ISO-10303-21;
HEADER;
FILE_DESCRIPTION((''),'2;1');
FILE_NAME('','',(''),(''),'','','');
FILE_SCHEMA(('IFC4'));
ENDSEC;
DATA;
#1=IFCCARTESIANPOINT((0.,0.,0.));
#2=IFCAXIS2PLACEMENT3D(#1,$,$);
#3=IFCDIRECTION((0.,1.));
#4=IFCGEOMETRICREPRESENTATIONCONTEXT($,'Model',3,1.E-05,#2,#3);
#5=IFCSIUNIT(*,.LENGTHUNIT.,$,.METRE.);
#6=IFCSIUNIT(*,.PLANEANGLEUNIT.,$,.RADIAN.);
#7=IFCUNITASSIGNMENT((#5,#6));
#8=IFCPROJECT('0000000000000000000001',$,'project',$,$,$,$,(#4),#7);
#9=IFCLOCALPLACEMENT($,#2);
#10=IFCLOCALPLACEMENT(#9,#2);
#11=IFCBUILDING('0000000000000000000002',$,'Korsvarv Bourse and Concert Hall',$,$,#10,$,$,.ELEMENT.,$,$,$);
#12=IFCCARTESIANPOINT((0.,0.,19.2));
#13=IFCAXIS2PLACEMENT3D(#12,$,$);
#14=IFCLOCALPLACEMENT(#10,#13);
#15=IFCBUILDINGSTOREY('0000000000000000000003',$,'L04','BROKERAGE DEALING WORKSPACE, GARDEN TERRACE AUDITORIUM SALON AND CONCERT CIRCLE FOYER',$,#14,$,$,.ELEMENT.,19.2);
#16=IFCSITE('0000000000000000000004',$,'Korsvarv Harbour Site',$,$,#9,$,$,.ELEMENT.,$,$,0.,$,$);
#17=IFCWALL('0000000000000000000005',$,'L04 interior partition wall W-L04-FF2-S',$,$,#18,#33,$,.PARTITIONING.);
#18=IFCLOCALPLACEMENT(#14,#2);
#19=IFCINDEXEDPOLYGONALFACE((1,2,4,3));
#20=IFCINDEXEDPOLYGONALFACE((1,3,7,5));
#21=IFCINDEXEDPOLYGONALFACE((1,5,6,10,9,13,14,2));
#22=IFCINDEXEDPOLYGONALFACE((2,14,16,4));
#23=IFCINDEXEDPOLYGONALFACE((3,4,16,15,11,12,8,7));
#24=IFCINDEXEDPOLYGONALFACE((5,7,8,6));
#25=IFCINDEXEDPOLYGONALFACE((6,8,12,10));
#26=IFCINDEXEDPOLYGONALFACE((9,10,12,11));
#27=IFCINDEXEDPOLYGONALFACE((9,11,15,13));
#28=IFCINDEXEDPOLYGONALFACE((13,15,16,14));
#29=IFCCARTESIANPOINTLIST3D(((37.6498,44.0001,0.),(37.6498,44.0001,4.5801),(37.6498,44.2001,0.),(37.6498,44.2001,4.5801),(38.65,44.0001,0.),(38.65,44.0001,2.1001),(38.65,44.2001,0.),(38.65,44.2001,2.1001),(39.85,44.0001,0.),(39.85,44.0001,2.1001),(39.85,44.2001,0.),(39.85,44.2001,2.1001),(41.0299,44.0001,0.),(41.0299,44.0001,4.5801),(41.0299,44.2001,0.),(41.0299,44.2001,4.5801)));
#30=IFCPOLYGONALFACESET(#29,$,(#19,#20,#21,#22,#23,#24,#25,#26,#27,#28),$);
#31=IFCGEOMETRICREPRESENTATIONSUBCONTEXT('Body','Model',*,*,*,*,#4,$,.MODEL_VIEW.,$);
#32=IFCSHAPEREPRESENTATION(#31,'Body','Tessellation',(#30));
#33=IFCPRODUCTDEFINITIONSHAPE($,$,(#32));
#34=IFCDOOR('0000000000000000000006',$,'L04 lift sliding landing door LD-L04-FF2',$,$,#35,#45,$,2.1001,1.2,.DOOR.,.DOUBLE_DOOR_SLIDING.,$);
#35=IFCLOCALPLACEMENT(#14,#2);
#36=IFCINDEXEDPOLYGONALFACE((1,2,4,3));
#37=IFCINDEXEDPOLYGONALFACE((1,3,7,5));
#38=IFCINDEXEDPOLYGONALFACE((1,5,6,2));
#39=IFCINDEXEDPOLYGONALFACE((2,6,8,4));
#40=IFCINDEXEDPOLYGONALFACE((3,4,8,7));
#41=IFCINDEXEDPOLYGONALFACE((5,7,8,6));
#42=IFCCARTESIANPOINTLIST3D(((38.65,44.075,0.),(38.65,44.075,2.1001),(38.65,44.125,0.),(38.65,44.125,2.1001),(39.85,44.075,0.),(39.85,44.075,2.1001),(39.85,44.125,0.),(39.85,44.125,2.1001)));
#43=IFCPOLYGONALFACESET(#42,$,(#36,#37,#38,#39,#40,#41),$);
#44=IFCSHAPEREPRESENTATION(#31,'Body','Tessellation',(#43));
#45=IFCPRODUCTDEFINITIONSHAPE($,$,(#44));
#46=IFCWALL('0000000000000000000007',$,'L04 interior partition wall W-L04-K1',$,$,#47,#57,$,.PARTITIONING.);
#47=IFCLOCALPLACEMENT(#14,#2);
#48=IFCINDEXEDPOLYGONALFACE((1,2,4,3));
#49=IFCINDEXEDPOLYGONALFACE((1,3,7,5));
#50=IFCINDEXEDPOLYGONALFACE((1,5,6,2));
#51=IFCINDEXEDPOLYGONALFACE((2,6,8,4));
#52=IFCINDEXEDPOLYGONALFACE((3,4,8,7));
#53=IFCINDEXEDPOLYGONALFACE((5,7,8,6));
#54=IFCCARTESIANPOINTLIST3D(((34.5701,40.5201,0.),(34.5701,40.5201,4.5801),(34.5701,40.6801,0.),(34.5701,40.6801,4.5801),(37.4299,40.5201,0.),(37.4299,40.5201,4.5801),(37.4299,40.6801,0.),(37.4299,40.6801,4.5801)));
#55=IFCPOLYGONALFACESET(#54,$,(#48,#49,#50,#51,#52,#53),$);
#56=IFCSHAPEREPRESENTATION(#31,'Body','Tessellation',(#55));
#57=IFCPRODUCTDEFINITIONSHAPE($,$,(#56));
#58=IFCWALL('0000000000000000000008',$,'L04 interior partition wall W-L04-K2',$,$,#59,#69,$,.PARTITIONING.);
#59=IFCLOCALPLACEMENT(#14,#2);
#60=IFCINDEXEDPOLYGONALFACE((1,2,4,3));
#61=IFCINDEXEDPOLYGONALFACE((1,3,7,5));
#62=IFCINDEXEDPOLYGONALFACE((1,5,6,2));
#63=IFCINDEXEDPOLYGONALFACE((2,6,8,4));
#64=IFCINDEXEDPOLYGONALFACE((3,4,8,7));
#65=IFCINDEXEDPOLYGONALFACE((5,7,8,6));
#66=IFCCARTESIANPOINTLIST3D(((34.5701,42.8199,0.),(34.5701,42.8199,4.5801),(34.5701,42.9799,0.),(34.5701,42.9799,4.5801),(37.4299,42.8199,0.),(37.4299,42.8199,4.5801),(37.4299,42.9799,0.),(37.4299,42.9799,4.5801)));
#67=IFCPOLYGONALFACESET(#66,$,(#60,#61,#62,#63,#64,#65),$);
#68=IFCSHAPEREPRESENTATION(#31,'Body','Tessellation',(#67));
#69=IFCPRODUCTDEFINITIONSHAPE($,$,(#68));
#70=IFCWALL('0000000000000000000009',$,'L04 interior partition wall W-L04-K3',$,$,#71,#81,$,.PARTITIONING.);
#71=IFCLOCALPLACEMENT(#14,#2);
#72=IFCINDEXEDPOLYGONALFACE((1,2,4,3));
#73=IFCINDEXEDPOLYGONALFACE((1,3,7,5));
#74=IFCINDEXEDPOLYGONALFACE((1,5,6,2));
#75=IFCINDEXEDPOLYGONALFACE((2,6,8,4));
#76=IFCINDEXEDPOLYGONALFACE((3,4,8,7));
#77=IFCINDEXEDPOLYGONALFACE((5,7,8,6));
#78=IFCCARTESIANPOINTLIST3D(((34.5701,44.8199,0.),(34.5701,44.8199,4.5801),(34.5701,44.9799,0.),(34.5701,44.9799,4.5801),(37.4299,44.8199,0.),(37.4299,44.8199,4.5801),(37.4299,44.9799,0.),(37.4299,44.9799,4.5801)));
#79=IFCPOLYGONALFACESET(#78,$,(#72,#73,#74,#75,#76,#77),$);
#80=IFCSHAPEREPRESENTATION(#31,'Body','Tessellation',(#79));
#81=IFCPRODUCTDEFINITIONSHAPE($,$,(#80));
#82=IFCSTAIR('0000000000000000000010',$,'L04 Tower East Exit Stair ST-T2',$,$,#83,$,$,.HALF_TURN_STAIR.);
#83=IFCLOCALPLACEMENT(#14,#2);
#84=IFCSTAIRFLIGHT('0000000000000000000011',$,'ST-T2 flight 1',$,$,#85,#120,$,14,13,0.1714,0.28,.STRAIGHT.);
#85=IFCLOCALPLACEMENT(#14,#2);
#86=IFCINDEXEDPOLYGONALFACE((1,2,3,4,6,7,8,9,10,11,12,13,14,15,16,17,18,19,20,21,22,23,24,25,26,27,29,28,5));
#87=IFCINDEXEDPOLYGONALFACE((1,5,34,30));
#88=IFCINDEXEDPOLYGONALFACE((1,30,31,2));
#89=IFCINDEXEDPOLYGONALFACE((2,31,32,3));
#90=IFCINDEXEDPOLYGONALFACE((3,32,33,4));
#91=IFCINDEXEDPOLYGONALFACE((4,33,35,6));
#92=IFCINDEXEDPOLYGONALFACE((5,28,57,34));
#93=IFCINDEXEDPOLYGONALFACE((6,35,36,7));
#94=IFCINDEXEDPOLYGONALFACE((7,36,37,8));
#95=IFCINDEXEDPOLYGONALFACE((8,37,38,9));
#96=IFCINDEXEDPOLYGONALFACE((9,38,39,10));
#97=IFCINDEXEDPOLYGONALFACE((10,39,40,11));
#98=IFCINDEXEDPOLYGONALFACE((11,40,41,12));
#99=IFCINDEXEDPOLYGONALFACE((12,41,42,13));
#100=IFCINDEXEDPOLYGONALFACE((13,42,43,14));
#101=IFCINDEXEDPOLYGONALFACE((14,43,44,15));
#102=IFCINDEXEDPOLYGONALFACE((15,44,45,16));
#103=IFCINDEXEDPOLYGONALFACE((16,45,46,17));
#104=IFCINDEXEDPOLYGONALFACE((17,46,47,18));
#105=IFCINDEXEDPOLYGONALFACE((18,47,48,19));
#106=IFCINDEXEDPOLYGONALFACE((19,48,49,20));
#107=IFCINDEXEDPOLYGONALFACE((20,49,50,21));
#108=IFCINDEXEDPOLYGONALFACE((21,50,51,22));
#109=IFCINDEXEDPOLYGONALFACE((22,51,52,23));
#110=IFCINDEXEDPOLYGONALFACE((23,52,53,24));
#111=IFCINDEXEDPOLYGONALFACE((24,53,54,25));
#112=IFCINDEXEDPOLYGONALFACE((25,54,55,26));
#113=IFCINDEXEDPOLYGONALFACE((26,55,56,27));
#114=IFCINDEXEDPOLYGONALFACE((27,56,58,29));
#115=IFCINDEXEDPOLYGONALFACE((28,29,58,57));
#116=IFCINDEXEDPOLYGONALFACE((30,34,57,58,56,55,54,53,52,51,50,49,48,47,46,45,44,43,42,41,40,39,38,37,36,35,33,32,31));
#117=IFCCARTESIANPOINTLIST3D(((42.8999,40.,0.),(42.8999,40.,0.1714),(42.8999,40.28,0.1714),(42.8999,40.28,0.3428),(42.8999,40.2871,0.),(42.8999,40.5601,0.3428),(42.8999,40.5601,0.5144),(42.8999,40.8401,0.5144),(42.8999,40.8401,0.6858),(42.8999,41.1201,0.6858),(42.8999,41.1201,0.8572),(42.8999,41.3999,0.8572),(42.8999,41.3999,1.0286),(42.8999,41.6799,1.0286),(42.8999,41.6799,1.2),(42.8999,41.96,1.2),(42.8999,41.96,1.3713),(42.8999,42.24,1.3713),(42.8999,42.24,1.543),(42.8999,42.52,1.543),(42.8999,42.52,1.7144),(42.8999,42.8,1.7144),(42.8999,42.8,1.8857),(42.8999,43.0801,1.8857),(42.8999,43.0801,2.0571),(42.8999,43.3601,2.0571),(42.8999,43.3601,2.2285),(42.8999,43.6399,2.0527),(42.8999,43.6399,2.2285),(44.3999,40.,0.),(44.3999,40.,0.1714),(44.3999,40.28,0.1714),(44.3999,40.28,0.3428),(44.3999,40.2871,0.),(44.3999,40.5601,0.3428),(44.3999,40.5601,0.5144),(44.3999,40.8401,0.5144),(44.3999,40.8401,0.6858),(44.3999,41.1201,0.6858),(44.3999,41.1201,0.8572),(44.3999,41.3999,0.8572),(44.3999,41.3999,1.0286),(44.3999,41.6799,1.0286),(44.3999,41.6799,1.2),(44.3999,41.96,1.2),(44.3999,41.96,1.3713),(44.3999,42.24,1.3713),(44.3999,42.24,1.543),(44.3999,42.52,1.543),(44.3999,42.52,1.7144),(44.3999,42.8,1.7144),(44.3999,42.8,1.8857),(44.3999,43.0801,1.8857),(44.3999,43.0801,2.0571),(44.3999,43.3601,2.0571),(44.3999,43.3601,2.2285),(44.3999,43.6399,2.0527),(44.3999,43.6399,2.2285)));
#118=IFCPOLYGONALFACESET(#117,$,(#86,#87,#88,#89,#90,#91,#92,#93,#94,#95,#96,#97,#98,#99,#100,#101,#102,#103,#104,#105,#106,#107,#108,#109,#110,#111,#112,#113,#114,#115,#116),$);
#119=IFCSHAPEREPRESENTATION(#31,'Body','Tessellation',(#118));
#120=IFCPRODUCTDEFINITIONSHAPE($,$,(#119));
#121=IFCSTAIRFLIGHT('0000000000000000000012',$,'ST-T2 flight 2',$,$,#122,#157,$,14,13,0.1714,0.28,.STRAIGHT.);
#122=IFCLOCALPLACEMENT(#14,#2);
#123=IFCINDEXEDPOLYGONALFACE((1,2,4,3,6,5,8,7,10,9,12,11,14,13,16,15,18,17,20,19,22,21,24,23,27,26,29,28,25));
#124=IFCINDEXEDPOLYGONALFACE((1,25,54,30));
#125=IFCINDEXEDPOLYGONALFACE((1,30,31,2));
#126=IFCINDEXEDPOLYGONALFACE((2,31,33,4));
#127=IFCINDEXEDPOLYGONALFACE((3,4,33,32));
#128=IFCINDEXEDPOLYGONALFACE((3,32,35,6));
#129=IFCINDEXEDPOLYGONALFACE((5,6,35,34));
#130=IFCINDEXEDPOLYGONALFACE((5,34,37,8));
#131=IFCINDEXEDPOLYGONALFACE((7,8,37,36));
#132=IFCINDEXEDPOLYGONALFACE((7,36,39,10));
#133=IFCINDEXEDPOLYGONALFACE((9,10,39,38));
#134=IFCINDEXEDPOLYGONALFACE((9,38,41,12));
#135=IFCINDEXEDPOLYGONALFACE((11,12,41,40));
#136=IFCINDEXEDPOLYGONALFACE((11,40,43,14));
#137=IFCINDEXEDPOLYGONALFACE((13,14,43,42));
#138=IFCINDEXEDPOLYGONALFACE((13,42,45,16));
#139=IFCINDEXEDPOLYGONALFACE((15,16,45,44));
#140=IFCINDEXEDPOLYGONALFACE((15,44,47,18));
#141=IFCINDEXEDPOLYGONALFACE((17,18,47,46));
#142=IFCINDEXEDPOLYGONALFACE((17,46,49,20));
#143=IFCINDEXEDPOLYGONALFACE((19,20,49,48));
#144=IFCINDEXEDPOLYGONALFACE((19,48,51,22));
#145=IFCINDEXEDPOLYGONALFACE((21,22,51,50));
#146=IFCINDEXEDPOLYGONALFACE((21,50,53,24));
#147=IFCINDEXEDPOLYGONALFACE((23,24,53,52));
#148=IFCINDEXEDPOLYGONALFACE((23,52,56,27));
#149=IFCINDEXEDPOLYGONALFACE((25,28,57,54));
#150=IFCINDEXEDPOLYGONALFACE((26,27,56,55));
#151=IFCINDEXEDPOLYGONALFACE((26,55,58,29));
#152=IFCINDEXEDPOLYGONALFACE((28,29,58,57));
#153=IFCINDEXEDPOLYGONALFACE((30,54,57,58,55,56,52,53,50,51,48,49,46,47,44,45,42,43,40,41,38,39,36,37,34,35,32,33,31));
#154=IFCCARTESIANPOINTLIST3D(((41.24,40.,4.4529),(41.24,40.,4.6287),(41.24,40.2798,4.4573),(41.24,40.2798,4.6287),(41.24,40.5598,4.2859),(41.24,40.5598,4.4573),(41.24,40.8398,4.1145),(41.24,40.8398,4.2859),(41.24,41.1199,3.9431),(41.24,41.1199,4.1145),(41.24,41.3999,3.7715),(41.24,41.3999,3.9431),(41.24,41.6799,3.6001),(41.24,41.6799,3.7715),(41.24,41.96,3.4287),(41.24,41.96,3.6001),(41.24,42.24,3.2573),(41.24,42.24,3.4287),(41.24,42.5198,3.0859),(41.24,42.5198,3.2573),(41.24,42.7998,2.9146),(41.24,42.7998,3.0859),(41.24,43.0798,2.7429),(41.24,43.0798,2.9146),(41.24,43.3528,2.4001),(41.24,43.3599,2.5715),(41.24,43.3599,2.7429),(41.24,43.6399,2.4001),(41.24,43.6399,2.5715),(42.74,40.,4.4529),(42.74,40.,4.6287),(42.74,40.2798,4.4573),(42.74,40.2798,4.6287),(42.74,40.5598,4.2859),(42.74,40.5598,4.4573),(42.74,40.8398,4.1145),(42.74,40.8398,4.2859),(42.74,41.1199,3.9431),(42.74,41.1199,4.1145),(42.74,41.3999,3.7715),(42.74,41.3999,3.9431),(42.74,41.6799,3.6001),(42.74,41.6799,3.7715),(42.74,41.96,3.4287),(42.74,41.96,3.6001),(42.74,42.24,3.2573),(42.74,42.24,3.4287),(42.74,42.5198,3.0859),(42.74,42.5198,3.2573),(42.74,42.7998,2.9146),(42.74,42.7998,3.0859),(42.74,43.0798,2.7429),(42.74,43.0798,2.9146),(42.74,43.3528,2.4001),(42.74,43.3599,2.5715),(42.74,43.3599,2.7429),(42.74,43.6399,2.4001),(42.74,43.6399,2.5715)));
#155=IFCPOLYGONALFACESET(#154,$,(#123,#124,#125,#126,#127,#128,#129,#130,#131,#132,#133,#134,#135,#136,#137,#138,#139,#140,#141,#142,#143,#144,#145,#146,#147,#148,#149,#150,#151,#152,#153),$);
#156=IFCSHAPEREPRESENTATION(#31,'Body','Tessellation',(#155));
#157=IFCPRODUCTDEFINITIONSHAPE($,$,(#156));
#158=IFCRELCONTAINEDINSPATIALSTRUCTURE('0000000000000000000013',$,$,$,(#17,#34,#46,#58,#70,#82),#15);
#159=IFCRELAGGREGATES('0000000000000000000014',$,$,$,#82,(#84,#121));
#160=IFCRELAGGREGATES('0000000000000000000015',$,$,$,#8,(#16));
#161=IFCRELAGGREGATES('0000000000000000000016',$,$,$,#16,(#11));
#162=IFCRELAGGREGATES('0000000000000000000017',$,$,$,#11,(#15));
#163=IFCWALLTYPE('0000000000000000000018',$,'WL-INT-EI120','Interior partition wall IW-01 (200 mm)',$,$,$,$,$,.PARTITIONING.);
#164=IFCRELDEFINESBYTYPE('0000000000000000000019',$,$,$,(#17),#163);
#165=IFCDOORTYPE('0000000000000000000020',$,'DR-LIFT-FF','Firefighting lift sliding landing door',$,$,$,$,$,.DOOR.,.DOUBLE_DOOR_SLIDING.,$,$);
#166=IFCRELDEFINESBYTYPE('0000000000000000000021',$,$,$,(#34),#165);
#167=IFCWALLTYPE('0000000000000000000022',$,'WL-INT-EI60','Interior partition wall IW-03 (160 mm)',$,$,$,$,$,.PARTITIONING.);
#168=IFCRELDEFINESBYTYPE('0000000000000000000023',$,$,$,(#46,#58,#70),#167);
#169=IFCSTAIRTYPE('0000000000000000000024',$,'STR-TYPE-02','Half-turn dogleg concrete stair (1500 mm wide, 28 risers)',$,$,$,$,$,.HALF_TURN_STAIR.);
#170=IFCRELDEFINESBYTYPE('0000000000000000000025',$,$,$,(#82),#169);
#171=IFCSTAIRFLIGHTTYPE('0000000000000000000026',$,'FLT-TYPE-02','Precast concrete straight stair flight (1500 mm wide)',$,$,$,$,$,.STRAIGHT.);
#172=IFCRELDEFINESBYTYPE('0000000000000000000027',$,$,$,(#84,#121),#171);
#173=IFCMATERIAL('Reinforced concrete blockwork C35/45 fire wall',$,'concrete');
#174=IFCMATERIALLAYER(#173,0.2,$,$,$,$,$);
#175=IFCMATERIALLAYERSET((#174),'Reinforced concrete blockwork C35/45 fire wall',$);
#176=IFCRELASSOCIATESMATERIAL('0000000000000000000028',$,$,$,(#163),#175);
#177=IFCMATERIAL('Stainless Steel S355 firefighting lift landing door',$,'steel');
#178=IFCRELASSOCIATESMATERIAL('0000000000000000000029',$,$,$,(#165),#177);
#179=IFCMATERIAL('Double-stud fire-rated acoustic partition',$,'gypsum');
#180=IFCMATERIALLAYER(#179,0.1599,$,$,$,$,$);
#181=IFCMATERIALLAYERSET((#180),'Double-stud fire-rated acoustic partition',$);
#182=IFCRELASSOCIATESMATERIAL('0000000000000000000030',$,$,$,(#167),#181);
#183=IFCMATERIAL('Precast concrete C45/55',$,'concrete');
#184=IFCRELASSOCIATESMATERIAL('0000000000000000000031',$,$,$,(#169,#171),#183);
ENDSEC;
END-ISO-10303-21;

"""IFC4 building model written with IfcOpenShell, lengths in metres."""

from ifc_helpers import new_model, si_unit, direction, frame, frame_2d, origin, place, context, subcontext, project, spatial, polyline, rectangle, outline, extrude, material, layer, layer_set, type_object, element, fill, aggregate, save


model = new_model("IFC4")

# Units and contexts
model_context = context("Model", 3, precision=1e-05, world=origin(), true_north=direction((0.0, 1.0)))
body_context = subcontext(model_context, "Body", "Model", "MODEL_VIEW")
ifc_project = project(units=[si_unit("LENGTHUNIT", "METRE"), si_unit("PLANEANGLEUNIT", "RADIAN")], contexts=[model_context])

# Site, building, storey
site_placement = place(None, origin())
site = spatial("IfcSite", under=ifc_project, at=site_placement, Name="Korsvarv Harbour Site", CompositionType="ELEMENT", RefElevation=0.0)
building_placement = place(site_placement, origin())
building = spatial("IfcBuilding", under=site, at=building_placement, Name="Korsvarv Bourse and Concert Hall", CompositionType="ELEMENT")
storey_placement = place(building_placement, frame((0.0, 0.0, 19.2)))
storey = spatial("IfcBuildingStorey", under=building, at=storey_placement, Name="L04", Description="BROKERAGE DEALING WORKSPACE, GARDEN TERRACE AUDITORIUM SALON AND CONCERT CIRCLE FOYER", CompositionType="ELEMENT", Elevation=19.2)

# Wall, opening, door
ifc_material_1 = material(Name="Reinforced concrete blockwork C35/45 fire wall", Category="concrete")
ifc_layer_1 = layer(ifc_material_1, 0.2)
ifc_layer_set_1 = layer_set([ifc_layer_1], Name="Reinforced concrete blockwork C35/45 fire wall")
wall_type_1 = type_object("IfcWallType", Name="WL-INT-EI120", Description="Interior partition wall IW-01 (200 mm)", PredefinedType="PARTITIONING", material=ifc_layer_set_1)
wall_1_placement = place(storey_placement, frame((37.6499, 44.1001, 0.0), z_axis=(0.0, 0.0, 1.0), x_axis=(1.0, 0.0, 0.0)))
wall_1 = element("IfcWall", 1, at=wall_1_placement, inside=storey, type_object=wall_type_1, Name="L04 interior partition wall W-L04-FF2-S", PredefinedType="PARTITIONING", context=body_context, shape_type="SweptSolid", body=[
    extrude(rectangle(XDim=3.3801, YDim=0.2, at=frame_2d((1.6899, 0.0))), origin(), (0.0, 0.0, 1.0), 4.5801),
])
opening_1_placement = place(wall_1_placement, frame((1.0, 0.0, 0.0)))
opening_1 = element("IfcOpeningElement", 2, at=opening_1_placement, cuts=wall_1, PredefinedType="OPENING", context=body_context, shape_type="SweptSolid", body=[
    extrude(rectangle(XDim=1.2, YDim=2.1001, at=frame_2d((0.6001, 1.05))), frame((0.0, 0.1099, 0.0), z_axis=(0.0, -1.0, 0.0), x_axis=(1.0, 0.0, 0.0)), (0.0, 0.0, 1.0), 0.22),
])
ifc_material_2 = material(Name="Stainless Steel S355 firefighting lift landing door", Category="steel")
door_type = type_object("IfcDoorType", Name="DR-LIFT-FF", Description="Firefighting lift sliding landing door", OperationType="DOUBLE_DOOR_SLIDING", PredefinedType="DOOR", material=ifc_material_2)
door_placement = place(opening_1_placement, origin())
door = element("IfcDoor", 3, at=door_placement, inside=storey, type_object=door_type, Name="L04 lift sliding landing door LD-L04-FF2", OperationType="DOUBLE_DOOR_SLIDING", OverallHeight=2.1001, OverallWidth=1.2, PredefinedType="DOOR", context=body_context, shape_type="SweptSolid", body=[
    extrude(rectangle(XDim=1.2, YDim=2.1001, at=frame_2d((0.6001, 1.05))), frame((0.0, 0.0249, 0.0), z_axis=(0.0, -1.0, 0.0), x_axis=(1.0, 0.0, 0.0)), (0.0, 0.0, 1.0), 0.05),
])
fill(opening_1, door)

# Walls
ifc_material_3 = material(Name="Double-stud fire-rated acoustic partition", Category="gypsum")
ifc_layer_2 = layer(ifc_material_3, 0.1599)
ifc_layer_set_2 = layer_set([ifc_layer_2], Name="Double-stud fire-rated acoustic partition")
wall_type_2 = type_object("IfcWallType", Name="WL-INT-EI60", Description="Interior partition wall IW-03 (160 mm)", PredefinedType="PARTITIONING", material=ifc_layer_set_2)
for number, where, z_axis, x_axis, name in (
    (4, (34.5701, 40.6001, 0.0), (0.0, 0.0, 1.0), (1.0, 0.0, 0.0), "L04 interior partition wall W-L04-K1"),
    (5, (34.5701, 42.8999, 0.0), (0.0, 0.0, 1.0), (1.0, 0.0, 0.0), "L04 interior partition wall W-L04-K2"),
    (6, (34.5701, 44.8999, 0.0), (0.0, 0.0, 1.0), (1.0, 0.0, 0.0), "L04 interior partition wall W-L04-K3"),
):
    element("IfcWall", number, at=place(storey_placement, frame(where, z_axis=z_axis, x_axis=x_axis)), inside=storey, type_object=wall_type_2, Name=name, PredefinedType="PARTITIONING", context=body_context, shape_type="SweptSolid", body=[
        extrude(rectangle(XDim=2.8599, YDim=0.1599, at=frame_2d((1.4299, 0.0))), origin(), (0.0, 0.0, 1.0), 4.5801),
    ])

# Stair, stair flights
ifc_material_4 = material(Name="Precast concrete C45/55", Category="concrete")
stair_type = type_object("IfcStairType", Name="STR-TYPE-02", Description="Half-turn dogleg concrete stair (1500 mm wide, 28 risers)", PredefinedType="HALF_TURN_STAIR", material=ifc_material_4)
stair_placement = place(storey_placement, origin())
stair = element("IfcStair", 7, at=stair_placement, inside=storey, type_object=stair_type, Name="L04 Tower East Exit Stair ST-T2", PredefinedType="HALF_TURN_STAIR")
stair_flight_type = type_object("IfcStairFlightType", Name="FLT-TYPE-02", Description="Precast concrete straight stair flight (1500 mm wide)", PredefinedType="STRAIGHT", material=ifc_material_4)
stair_flight_1_placement = place(storey_placement, frame((43.6499, 40.0, 0.0), z_axis=(0.0, 0.0, 1.0), x_axis=(0.0, 1.0, 0.0)))
stair_flight_1 = element("IfcStairFlight", 8, at=stair_flight_1_placement, type_object=stair_flight_type, Name="ST-T2 flight 1", NumberOfRisers=14, NumberOfTreads=13, PredefinedType="STRAIGHT", RiserHeight=0.1714, TreadLength=0.28, context=body_context, shape_type="SweptSolid", body=[
    extrude(outline(polyline([(0.0, 0.0), (0.0, 0.1714), (0.28, 0.1714), (0.28, 0.3428), (0.5601, 0.3428), (0.5601, 0.5144), (0.8401, 0.5144), (0.8401, 0.6858), (1.1201, 0.6858), (1.1201, 0.8572), (1.3999, 0.8572), (1.3999, 1.0286), (1.6799, 1.0286), (1.6799, 1.2), (1.96, 1.2), (1.96, 1.3713), (2.24, 1.3713), (2.24, 1.543), (2.52, 1.543), (2.52, 1.7144), (2.8, 1.7144), (2.8, 1.8857), (3.0801, 1.8857), (3.0801, 2.0571), (3.3601, 2.0571), (3.3601, 2.2285), (3.6399, 2.2285), (3.6399, 2.3999), (3.6399, 2.0527), (0.2871, 0.0), (0.0, 0.0)])), frame((0.0, 0.75, 0.0), z_axis=(0.0, -1.0, 0.0), x_axis=(1.0, 0.0, 0.0)), (0.0, 0.0, 1.0), 1.5),
])
stair_flight_2_placement = place(storey_placement, frame((41.99, 43.6399, 2.4001), z_axis=(0.0, 0.0, 1.0), x_axis=(0.0, -1.0, 0.0)))
stair_flight_2 = element("IfcStairFlight", 9, at=stair_flight_2_placement, type_object=stair_flight_type, Name="ST-T2 flight 2", NumberOfRisers=14, NumberOfTreads=13, PredefinedType="STRAIGHT", RiserHeight=0.1714, TreadLength=0.28, context=body_context, shape_type="SweptSolid", body=[
    extrude(outline(polyline([(0.0, 0.0), (0.0, 0.1714), (0.28, 0.1714), (0.28, 0.3428), (0.5601, 0.3428), (0.5601, 0.5144), (0.8401, 0.5144), (0.8401, 0.6858), (1.1201, 0.6858), (1.1201, 0.8572), (1.3999, 0.8572), (1.3999, 1.0286), (1.6799, 1.0286), (1.6799, 1.2), (1.96, 1.2), (1.96, 1.3713), (2.24, 1.3713), (2.24, 1.543), (2.52, 1.543), (2.52, 1.7144), (2.8, 1.7144), (2.8, 1.8857), (3.0801, 1.8857), (3.0801, 2.0571), (3.3601, 2.0571), (3.3601, 2.2285), (3.6399, 2.2285), (3.6399, 2.3999), (3.6399, 2.0527), (0.2871, 0.0), (0.0, 0.0)])), frame((0.0, 0.75, 0.0), z_axis=(0.0, -1.0, 0.0), x_axis=(1.0, 0.0, 0.0)), (0.0, 0.0, 1.0), 1.5),
])
aggregate(stair, [stair_flight_1, stair_flight_2])

save(model, "model.ifc")
